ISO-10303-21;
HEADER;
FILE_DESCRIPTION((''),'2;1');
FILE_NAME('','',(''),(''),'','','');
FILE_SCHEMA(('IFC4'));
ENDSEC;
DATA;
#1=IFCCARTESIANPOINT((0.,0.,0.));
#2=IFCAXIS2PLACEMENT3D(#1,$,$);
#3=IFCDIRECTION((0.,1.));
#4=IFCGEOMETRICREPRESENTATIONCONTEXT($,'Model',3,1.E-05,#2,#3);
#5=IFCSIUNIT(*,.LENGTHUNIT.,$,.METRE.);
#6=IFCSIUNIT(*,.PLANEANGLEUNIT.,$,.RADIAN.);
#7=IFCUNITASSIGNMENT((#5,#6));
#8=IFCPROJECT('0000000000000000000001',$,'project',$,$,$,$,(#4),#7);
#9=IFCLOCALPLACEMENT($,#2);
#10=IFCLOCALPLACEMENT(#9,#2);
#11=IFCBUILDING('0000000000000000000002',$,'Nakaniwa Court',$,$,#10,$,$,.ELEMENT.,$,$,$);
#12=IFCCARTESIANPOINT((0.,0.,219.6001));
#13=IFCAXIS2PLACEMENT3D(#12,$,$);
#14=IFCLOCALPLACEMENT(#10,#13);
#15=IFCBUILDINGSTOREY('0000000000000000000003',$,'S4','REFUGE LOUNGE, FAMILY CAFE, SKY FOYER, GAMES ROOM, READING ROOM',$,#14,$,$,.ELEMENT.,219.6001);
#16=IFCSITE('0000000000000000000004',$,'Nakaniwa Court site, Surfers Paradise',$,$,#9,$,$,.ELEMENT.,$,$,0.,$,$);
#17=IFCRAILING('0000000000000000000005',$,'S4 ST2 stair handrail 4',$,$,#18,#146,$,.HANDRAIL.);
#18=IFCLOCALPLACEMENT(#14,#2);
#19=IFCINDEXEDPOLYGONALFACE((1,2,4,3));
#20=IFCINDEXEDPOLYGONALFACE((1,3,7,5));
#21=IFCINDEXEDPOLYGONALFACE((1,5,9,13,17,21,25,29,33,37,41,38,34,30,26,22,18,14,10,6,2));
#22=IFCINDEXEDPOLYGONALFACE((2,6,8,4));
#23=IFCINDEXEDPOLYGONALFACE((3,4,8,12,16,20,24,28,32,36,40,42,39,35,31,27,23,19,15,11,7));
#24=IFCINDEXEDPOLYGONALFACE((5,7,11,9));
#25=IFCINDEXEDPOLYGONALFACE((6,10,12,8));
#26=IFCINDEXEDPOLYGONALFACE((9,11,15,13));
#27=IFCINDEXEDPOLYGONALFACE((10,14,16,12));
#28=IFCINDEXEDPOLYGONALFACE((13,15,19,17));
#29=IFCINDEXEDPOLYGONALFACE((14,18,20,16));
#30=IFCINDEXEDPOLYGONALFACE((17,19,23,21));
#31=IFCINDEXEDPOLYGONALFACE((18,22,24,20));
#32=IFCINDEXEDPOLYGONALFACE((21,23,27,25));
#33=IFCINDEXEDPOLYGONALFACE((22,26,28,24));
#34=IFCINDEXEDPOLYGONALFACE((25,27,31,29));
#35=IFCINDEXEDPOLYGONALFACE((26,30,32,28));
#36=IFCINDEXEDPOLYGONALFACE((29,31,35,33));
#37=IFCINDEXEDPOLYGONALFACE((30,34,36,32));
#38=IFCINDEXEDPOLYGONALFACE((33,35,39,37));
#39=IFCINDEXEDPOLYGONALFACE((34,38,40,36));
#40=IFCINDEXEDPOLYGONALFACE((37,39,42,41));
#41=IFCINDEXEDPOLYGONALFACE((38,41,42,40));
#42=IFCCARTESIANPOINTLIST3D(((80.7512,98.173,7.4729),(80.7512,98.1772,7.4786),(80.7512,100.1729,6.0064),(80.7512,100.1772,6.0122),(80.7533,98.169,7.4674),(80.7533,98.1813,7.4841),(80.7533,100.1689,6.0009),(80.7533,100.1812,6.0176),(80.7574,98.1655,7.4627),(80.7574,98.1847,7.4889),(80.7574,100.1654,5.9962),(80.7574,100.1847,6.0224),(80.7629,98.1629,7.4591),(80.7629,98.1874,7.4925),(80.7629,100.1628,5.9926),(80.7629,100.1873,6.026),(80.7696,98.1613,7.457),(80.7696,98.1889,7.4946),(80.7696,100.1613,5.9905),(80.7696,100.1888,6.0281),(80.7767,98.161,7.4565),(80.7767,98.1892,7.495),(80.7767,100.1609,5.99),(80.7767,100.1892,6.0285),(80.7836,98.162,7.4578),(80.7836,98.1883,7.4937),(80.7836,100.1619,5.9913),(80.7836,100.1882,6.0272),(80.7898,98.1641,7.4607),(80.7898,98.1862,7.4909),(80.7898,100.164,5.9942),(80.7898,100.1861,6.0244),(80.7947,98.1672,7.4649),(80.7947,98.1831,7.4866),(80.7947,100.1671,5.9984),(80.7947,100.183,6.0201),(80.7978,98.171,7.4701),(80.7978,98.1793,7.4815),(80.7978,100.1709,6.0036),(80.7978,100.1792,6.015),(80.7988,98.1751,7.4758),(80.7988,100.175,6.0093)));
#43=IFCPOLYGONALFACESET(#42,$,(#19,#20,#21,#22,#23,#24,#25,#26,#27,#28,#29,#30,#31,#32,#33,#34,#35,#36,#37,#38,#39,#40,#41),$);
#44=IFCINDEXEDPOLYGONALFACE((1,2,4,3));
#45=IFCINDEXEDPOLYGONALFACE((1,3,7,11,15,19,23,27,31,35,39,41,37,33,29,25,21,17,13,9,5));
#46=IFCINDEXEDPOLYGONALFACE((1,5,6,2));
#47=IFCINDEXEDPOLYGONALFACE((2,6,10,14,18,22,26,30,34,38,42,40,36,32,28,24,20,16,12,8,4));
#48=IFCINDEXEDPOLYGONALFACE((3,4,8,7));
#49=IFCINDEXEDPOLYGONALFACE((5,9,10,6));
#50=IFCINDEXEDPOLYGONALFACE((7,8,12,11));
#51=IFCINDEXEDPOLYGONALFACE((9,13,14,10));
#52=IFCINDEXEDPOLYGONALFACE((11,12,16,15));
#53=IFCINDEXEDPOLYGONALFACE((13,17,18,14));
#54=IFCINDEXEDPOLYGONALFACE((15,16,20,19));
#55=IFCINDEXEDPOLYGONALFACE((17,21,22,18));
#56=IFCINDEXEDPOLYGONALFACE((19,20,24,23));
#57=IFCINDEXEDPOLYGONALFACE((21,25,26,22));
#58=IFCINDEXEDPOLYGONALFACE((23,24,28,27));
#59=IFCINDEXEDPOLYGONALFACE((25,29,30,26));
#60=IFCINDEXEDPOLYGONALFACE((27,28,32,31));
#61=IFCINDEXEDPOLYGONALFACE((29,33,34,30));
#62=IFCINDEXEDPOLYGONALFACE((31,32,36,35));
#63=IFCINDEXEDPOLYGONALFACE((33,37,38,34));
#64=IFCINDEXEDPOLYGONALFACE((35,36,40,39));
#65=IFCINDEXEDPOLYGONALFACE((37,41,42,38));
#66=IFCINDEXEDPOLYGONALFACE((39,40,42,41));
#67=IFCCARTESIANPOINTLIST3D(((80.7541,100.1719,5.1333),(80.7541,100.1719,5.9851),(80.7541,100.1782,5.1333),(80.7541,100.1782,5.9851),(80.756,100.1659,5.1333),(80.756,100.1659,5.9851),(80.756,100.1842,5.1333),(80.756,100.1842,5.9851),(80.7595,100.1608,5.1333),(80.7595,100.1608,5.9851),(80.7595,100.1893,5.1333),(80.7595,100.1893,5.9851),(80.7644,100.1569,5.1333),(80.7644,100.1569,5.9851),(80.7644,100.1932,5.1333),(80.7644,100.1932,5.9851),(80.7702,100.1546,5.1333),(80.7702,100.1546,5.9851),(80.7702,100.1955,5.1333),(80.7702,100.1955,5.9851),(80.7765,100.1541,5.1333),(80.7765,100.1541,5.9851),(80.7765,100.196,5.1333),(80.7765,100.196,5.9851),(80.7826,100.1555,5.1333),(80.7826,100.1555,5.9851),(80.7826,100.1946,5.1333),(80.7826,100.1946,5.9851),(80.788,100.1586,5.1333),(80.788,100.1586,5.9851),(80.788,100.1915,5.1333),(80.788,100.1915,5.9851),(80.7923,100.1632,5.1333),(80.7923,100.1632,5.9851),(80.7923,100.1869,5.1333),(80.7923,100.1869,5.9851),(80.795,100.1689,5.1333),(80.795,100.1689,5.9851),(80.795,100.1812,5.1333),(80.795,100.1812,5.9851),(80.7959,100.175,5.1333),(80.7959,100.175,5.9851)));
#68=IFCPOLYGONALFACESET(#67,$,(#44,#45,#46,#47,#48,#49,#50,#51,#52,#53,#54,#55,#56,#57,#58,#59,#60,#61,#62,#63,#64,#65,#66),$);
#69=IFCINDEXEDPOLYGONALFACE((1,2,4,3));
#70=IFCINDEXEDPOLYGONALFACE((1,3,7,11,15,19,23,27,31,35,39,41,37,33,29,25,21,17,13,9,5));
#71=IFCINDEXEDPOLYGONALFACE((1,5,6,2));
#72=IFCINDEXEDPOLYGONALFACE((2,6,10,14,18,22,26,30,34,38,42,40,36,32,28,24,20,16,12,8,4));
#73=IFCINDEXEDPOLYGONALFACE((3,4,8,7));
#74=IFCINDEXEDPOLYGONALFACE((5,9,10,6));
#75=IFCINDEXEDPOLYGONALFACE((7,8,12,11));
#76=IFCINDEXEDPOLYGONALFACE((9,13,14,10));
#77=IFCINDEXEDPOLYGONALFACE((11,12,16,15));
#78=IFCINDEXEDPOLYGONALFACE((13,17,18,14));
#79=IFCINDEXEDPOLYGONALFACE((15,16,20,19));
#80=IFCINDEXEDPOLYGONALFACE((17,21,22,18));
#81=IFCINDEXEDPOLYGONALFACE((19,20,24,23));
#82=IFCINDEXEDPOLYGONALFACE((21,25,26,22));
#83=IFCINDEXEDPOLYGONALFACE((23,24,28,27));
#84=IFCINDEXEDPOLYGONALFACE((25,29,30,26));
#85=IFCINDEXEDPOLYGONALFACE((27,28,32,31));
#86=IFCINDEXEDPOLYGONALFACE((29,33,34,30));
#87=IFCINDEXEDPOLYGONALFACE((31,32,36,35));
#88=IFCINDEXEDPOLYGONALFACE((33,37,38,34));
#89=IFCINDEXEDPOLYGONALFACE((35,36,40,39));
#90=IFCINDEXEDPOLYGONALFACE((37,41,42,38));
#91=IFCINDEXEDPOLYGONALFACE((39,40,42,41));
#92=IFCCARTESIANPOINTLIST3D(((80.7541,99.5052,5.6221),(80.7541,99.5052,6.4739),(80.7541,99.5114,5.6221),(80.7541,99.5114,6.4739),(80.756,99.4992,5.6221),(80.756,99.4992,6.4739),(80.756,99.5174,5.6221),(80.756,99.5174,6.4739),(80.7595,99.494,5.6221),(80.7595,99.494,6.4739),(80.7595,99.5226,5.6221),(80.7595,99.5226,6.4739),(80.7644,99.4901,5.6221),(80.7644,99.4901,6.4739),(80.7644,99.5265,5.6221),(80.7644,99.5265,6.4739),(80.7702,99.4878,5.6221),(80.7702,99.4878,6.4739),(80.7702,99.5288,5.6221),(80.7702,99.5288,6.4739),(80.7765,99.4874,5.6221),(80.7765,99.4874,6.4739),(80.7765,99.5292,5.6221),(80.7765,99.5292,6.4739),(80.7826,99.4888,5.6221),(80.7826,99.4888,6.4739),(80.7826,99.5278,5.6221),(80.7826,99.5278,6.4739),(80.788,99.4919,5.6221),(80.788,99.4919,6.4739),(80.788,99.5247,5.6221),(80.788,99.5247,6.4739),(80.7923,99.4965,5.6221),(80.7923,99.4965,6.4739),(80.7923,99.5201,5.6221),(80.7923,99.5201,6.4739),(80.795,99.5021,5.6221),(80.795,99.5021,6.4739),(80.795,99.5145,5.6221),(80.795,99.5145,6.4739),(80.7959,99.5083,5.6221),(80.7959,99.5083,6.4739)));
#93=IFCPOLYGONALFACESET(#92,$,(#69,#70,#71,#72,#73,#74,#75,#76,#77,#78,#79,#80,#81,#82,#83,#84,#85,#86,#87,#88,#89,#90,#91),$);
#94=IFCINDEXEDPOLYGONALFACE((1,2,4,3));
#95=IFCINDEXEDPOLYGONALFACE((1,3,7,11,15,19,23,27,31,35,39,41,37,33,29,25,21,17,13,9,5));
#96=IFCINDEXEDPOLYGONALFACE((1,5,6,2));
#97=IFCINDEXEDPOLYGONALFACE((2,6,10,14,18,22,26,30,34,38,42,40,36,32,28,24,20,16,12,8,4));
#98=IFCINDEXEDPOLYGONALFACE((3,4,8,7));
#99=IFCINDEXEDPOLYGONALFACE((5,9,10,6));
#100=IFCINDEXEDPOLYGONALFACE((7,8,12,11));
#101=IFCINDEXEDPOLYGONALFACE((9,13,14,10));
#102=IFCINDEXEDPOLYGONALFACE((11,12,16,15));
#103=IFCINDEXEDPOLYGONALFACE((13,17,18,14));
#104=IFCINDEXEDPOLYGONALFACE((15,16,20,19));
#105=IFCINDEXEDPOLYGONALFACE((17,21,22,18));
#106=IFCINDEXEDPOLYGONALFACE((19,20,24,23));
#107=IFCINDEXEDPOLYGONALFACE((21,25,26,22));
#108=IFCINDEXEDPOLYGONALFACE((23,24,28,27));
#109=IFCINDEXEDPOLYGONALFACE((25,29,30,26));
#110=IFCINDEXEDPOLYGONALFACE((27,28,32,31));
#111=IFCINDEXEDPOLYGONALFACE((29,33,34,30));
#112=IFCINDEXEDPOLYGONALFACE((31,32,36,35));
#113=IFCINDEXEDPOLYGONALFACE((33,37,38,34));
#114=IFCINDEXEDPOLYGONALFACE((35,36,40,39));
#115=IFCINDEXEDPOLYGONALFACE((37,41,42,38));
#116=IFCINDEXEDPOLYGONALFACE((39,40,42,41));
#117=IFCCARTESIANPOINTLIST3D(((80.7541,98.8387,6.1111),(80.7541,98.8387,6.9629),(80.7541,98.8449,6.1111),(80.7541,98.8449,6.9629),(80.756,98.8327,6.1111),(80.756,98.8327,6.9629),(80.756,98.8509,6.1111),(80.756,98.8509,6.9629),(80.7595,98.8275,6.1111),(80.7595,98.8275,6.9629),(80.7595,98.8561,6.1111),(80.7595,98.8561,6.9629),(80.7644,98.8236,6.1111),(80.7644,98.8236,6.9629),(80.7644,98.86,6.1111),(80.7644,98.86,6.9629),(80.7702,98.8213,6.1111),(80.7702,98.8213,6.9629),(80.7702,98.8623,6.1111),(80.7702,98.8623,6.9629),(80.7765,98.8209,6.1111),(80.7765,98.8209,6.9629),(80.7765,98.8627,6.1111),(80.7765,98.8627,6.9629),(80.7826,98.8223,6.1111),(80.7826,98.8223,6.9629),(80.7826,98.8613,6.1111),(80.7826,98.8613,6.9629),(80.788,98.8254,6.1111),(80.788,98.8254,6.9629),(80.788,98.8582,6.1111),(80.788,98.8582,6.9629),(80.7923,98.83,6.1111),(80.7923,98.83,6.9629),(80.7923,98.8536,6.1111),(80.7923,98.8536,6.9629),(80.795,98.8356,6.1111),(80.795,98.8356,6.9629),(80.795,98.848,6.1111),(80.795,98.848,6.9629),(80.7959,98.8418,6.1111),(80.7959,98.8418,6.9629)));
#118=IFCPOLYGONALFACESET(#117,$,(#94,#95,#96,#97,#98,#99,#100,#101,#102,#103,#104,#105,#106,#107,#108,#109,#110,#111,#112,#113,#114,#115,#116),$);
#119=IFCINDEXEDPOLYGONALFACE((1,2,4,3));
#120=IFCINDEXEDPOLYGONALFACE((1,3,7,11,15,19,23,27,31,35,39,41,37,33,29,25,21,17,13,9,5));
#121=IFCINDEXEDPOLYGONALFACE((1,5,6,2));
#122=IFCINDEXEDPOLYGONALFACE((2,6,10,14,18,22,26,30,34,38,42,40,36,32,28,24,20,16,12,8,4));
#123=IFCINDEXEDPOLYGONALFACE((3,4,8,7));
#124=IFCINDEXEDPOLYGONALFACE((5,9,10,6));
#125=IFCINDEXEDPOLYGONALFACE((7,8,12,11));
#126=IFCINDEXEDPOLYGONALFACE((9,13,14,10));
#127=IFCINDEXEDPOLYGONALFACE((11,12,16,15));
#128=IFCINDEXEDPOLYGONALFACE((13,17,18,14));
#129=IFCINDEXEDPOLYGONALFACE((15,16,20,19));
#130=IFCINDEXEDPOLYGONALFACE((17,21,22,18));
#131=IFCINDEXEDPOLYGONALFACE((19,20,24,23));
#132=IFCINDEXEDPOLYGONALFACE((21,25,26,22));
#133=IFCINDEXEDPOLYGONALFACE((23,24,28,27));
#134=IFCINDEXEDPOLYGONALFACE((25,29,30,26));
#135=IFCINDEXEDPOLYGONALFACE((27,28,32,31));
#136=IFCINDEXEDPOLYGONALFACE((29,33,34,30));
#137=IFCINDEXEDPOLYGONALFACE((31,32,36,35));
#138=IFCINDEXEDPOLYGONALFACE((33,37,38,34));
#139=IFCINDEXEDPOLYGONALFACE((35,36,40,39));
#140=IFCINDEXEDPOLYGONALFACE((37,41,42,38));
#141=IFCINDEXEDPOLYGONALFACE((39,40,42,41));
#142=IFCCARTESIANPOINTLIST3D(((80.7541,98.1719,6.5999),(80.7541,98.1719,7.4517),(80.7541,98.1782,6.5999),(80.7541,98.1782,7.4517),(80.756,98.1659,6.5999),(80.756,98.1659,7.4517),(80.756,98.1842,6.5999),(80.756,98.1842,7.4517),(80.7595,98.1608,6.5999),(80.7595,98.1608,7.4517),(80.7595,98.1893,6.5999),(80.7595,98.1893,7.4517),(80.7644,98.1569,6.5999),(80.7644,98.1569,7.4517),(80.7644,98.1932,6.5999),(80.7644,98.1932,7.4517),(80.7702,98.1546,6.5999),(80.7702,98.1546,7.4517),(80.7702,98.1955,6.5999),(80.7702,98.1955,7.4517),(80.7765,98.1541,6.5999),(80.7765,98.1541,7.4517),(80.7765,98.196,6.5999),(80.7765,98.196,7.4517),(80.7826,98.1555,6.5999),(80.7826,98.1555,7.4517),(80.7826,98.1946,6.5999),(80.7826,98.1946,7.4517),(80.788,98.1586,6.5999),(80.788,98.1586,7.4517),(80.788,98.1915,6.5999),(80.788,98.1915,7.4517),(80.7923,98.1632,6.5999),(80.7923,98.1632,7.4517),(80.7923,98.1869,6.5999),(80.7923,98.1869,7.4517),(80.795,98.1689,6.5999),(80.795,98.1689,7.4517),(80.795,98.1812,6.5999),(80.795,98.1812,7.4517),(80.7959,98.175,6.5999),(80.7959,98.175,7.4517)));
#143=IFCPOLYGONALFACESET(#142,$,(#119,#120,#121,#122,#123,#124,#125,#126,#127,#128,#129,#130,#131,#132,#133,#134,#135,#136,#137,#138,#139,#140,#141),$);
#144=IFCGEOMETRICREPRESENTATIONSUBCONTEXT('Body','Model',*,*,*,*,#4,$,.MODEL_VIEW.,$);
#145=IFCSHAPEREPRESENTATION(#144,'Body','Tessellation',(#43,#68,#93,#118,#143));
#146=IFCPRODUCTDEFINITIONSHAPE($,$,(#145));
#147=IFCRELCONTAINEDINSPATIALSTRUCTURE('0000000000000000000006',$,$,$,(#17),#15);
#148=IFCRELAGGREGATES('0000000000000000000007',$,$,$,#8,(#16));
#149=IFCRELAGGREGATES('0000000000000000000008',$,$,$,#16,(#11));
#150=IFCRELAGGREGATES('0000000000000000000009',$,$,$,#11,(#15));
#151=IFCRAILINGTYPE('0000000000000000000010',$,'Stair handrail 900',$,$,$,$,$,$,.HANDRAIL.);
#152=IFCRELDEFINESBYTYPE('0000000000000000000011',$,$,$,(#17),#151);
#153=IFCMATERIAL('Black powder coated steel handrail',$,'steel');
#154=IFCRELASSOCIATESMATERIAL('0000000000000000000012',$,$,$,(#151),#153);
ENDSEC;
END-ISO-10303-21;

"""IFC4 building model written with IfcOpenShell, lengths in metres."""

from ifc_helpers import new_model, si_unit, direction, frame, origin, origin_2d, place, context, subcontext, project, spatial, circle, extrude, material, type_object, element, save


model = new_model("IFC4")

# Units and contexts
model_context = context("Model", 3, precision=1e-05, world=origin(), true_north=direction((0.0, 1.0)))
body_context = subcontext(model_context, "Body", "Model", "MODEL_VIEW")
ifc_project = project(units=[si_unit("LENGTHUNIT", "METRE"), si_unit("PLANEANGLEUNIT", "RADIAN")], contexts=[model_context])

# Site, building, storey
site_placement = place(None, origin())
site = spatial("IfcSite", under=ifc_project, at=site_placement, Name="Nakaniwa Court site, Surfers Paradise", CompositionType="ELEMENT", RefElevation=0.0)
building_placement = place(site_placement, origin())
building = spatial("IfcBuilding", under=site, at=building_placement, Name="Nakaniwa Court", CompositionType="ELEMENT")
storey_placement = place(building_placement, frame((0.0, 0.0, 219.6001)))
storey = spatial("IfcBuildingStorey", under=building, at=storey_placement, Name="S4", Description="REFUGE LOUNGE, FAMILY CAFE, SKY FOYER, GAMES ROOM, READING ROOM", CompositionType="ELEMENT", Elevation=219.6001)

# Railing
ifc_material_1 = material(Name="Black powder coated steel handrail", Category="steel")
railing_type_1 = type_object("IfcRailingType", Name="Stair handrail 900", PredefinedType="HANDRAIL", material=ifc_material_1)
for number, where, name in (
    (1, (80.7749, 100.175, 5.1333), "S4 ST2 stair handrail 4"),
):
    element("IfcRailing", number, at=place(storey_placement, frame(where)), inside=storey, type_object=railing_type_1, Name=name, PredefinedType="HANDRAIL", context=body_context, shape_type="SweptSolid", body=[
        extrude(circle(Radius=0.0239, at=origin_2d()), frame((0.0, 0.0, 0.876), z_axis=(0.0, -0.806427, 0.591334), x_axis=(1.0, 0.0, 0.0)), (0.0, 0.0, 1.0), 2.48),
        extrude(circle(Radius=0.021, at=origin_2d()), origin(), (0.0, 0.0, 1.0), 0.8518),
        extrude(circle(Radius=0.021, at=origin_2d()), frame((0.0, -0.6667, 0.4888)), (0.0, 0.0, 1.0), 0.8518),
        extrude(circle(Radius=0.021, at=origin_2d()), frame((0.0, -1.3333, 0.9778)), (0.0, 0.0, 1.0), 0.8518),
        extrude(circle(Radius=0.021, at=origin_2d()), frame((0.0, -2.0, 1.4666)), (0.0, 0.0, 1.0), 0.8518),
    ])

save(model, "model.ifc")
